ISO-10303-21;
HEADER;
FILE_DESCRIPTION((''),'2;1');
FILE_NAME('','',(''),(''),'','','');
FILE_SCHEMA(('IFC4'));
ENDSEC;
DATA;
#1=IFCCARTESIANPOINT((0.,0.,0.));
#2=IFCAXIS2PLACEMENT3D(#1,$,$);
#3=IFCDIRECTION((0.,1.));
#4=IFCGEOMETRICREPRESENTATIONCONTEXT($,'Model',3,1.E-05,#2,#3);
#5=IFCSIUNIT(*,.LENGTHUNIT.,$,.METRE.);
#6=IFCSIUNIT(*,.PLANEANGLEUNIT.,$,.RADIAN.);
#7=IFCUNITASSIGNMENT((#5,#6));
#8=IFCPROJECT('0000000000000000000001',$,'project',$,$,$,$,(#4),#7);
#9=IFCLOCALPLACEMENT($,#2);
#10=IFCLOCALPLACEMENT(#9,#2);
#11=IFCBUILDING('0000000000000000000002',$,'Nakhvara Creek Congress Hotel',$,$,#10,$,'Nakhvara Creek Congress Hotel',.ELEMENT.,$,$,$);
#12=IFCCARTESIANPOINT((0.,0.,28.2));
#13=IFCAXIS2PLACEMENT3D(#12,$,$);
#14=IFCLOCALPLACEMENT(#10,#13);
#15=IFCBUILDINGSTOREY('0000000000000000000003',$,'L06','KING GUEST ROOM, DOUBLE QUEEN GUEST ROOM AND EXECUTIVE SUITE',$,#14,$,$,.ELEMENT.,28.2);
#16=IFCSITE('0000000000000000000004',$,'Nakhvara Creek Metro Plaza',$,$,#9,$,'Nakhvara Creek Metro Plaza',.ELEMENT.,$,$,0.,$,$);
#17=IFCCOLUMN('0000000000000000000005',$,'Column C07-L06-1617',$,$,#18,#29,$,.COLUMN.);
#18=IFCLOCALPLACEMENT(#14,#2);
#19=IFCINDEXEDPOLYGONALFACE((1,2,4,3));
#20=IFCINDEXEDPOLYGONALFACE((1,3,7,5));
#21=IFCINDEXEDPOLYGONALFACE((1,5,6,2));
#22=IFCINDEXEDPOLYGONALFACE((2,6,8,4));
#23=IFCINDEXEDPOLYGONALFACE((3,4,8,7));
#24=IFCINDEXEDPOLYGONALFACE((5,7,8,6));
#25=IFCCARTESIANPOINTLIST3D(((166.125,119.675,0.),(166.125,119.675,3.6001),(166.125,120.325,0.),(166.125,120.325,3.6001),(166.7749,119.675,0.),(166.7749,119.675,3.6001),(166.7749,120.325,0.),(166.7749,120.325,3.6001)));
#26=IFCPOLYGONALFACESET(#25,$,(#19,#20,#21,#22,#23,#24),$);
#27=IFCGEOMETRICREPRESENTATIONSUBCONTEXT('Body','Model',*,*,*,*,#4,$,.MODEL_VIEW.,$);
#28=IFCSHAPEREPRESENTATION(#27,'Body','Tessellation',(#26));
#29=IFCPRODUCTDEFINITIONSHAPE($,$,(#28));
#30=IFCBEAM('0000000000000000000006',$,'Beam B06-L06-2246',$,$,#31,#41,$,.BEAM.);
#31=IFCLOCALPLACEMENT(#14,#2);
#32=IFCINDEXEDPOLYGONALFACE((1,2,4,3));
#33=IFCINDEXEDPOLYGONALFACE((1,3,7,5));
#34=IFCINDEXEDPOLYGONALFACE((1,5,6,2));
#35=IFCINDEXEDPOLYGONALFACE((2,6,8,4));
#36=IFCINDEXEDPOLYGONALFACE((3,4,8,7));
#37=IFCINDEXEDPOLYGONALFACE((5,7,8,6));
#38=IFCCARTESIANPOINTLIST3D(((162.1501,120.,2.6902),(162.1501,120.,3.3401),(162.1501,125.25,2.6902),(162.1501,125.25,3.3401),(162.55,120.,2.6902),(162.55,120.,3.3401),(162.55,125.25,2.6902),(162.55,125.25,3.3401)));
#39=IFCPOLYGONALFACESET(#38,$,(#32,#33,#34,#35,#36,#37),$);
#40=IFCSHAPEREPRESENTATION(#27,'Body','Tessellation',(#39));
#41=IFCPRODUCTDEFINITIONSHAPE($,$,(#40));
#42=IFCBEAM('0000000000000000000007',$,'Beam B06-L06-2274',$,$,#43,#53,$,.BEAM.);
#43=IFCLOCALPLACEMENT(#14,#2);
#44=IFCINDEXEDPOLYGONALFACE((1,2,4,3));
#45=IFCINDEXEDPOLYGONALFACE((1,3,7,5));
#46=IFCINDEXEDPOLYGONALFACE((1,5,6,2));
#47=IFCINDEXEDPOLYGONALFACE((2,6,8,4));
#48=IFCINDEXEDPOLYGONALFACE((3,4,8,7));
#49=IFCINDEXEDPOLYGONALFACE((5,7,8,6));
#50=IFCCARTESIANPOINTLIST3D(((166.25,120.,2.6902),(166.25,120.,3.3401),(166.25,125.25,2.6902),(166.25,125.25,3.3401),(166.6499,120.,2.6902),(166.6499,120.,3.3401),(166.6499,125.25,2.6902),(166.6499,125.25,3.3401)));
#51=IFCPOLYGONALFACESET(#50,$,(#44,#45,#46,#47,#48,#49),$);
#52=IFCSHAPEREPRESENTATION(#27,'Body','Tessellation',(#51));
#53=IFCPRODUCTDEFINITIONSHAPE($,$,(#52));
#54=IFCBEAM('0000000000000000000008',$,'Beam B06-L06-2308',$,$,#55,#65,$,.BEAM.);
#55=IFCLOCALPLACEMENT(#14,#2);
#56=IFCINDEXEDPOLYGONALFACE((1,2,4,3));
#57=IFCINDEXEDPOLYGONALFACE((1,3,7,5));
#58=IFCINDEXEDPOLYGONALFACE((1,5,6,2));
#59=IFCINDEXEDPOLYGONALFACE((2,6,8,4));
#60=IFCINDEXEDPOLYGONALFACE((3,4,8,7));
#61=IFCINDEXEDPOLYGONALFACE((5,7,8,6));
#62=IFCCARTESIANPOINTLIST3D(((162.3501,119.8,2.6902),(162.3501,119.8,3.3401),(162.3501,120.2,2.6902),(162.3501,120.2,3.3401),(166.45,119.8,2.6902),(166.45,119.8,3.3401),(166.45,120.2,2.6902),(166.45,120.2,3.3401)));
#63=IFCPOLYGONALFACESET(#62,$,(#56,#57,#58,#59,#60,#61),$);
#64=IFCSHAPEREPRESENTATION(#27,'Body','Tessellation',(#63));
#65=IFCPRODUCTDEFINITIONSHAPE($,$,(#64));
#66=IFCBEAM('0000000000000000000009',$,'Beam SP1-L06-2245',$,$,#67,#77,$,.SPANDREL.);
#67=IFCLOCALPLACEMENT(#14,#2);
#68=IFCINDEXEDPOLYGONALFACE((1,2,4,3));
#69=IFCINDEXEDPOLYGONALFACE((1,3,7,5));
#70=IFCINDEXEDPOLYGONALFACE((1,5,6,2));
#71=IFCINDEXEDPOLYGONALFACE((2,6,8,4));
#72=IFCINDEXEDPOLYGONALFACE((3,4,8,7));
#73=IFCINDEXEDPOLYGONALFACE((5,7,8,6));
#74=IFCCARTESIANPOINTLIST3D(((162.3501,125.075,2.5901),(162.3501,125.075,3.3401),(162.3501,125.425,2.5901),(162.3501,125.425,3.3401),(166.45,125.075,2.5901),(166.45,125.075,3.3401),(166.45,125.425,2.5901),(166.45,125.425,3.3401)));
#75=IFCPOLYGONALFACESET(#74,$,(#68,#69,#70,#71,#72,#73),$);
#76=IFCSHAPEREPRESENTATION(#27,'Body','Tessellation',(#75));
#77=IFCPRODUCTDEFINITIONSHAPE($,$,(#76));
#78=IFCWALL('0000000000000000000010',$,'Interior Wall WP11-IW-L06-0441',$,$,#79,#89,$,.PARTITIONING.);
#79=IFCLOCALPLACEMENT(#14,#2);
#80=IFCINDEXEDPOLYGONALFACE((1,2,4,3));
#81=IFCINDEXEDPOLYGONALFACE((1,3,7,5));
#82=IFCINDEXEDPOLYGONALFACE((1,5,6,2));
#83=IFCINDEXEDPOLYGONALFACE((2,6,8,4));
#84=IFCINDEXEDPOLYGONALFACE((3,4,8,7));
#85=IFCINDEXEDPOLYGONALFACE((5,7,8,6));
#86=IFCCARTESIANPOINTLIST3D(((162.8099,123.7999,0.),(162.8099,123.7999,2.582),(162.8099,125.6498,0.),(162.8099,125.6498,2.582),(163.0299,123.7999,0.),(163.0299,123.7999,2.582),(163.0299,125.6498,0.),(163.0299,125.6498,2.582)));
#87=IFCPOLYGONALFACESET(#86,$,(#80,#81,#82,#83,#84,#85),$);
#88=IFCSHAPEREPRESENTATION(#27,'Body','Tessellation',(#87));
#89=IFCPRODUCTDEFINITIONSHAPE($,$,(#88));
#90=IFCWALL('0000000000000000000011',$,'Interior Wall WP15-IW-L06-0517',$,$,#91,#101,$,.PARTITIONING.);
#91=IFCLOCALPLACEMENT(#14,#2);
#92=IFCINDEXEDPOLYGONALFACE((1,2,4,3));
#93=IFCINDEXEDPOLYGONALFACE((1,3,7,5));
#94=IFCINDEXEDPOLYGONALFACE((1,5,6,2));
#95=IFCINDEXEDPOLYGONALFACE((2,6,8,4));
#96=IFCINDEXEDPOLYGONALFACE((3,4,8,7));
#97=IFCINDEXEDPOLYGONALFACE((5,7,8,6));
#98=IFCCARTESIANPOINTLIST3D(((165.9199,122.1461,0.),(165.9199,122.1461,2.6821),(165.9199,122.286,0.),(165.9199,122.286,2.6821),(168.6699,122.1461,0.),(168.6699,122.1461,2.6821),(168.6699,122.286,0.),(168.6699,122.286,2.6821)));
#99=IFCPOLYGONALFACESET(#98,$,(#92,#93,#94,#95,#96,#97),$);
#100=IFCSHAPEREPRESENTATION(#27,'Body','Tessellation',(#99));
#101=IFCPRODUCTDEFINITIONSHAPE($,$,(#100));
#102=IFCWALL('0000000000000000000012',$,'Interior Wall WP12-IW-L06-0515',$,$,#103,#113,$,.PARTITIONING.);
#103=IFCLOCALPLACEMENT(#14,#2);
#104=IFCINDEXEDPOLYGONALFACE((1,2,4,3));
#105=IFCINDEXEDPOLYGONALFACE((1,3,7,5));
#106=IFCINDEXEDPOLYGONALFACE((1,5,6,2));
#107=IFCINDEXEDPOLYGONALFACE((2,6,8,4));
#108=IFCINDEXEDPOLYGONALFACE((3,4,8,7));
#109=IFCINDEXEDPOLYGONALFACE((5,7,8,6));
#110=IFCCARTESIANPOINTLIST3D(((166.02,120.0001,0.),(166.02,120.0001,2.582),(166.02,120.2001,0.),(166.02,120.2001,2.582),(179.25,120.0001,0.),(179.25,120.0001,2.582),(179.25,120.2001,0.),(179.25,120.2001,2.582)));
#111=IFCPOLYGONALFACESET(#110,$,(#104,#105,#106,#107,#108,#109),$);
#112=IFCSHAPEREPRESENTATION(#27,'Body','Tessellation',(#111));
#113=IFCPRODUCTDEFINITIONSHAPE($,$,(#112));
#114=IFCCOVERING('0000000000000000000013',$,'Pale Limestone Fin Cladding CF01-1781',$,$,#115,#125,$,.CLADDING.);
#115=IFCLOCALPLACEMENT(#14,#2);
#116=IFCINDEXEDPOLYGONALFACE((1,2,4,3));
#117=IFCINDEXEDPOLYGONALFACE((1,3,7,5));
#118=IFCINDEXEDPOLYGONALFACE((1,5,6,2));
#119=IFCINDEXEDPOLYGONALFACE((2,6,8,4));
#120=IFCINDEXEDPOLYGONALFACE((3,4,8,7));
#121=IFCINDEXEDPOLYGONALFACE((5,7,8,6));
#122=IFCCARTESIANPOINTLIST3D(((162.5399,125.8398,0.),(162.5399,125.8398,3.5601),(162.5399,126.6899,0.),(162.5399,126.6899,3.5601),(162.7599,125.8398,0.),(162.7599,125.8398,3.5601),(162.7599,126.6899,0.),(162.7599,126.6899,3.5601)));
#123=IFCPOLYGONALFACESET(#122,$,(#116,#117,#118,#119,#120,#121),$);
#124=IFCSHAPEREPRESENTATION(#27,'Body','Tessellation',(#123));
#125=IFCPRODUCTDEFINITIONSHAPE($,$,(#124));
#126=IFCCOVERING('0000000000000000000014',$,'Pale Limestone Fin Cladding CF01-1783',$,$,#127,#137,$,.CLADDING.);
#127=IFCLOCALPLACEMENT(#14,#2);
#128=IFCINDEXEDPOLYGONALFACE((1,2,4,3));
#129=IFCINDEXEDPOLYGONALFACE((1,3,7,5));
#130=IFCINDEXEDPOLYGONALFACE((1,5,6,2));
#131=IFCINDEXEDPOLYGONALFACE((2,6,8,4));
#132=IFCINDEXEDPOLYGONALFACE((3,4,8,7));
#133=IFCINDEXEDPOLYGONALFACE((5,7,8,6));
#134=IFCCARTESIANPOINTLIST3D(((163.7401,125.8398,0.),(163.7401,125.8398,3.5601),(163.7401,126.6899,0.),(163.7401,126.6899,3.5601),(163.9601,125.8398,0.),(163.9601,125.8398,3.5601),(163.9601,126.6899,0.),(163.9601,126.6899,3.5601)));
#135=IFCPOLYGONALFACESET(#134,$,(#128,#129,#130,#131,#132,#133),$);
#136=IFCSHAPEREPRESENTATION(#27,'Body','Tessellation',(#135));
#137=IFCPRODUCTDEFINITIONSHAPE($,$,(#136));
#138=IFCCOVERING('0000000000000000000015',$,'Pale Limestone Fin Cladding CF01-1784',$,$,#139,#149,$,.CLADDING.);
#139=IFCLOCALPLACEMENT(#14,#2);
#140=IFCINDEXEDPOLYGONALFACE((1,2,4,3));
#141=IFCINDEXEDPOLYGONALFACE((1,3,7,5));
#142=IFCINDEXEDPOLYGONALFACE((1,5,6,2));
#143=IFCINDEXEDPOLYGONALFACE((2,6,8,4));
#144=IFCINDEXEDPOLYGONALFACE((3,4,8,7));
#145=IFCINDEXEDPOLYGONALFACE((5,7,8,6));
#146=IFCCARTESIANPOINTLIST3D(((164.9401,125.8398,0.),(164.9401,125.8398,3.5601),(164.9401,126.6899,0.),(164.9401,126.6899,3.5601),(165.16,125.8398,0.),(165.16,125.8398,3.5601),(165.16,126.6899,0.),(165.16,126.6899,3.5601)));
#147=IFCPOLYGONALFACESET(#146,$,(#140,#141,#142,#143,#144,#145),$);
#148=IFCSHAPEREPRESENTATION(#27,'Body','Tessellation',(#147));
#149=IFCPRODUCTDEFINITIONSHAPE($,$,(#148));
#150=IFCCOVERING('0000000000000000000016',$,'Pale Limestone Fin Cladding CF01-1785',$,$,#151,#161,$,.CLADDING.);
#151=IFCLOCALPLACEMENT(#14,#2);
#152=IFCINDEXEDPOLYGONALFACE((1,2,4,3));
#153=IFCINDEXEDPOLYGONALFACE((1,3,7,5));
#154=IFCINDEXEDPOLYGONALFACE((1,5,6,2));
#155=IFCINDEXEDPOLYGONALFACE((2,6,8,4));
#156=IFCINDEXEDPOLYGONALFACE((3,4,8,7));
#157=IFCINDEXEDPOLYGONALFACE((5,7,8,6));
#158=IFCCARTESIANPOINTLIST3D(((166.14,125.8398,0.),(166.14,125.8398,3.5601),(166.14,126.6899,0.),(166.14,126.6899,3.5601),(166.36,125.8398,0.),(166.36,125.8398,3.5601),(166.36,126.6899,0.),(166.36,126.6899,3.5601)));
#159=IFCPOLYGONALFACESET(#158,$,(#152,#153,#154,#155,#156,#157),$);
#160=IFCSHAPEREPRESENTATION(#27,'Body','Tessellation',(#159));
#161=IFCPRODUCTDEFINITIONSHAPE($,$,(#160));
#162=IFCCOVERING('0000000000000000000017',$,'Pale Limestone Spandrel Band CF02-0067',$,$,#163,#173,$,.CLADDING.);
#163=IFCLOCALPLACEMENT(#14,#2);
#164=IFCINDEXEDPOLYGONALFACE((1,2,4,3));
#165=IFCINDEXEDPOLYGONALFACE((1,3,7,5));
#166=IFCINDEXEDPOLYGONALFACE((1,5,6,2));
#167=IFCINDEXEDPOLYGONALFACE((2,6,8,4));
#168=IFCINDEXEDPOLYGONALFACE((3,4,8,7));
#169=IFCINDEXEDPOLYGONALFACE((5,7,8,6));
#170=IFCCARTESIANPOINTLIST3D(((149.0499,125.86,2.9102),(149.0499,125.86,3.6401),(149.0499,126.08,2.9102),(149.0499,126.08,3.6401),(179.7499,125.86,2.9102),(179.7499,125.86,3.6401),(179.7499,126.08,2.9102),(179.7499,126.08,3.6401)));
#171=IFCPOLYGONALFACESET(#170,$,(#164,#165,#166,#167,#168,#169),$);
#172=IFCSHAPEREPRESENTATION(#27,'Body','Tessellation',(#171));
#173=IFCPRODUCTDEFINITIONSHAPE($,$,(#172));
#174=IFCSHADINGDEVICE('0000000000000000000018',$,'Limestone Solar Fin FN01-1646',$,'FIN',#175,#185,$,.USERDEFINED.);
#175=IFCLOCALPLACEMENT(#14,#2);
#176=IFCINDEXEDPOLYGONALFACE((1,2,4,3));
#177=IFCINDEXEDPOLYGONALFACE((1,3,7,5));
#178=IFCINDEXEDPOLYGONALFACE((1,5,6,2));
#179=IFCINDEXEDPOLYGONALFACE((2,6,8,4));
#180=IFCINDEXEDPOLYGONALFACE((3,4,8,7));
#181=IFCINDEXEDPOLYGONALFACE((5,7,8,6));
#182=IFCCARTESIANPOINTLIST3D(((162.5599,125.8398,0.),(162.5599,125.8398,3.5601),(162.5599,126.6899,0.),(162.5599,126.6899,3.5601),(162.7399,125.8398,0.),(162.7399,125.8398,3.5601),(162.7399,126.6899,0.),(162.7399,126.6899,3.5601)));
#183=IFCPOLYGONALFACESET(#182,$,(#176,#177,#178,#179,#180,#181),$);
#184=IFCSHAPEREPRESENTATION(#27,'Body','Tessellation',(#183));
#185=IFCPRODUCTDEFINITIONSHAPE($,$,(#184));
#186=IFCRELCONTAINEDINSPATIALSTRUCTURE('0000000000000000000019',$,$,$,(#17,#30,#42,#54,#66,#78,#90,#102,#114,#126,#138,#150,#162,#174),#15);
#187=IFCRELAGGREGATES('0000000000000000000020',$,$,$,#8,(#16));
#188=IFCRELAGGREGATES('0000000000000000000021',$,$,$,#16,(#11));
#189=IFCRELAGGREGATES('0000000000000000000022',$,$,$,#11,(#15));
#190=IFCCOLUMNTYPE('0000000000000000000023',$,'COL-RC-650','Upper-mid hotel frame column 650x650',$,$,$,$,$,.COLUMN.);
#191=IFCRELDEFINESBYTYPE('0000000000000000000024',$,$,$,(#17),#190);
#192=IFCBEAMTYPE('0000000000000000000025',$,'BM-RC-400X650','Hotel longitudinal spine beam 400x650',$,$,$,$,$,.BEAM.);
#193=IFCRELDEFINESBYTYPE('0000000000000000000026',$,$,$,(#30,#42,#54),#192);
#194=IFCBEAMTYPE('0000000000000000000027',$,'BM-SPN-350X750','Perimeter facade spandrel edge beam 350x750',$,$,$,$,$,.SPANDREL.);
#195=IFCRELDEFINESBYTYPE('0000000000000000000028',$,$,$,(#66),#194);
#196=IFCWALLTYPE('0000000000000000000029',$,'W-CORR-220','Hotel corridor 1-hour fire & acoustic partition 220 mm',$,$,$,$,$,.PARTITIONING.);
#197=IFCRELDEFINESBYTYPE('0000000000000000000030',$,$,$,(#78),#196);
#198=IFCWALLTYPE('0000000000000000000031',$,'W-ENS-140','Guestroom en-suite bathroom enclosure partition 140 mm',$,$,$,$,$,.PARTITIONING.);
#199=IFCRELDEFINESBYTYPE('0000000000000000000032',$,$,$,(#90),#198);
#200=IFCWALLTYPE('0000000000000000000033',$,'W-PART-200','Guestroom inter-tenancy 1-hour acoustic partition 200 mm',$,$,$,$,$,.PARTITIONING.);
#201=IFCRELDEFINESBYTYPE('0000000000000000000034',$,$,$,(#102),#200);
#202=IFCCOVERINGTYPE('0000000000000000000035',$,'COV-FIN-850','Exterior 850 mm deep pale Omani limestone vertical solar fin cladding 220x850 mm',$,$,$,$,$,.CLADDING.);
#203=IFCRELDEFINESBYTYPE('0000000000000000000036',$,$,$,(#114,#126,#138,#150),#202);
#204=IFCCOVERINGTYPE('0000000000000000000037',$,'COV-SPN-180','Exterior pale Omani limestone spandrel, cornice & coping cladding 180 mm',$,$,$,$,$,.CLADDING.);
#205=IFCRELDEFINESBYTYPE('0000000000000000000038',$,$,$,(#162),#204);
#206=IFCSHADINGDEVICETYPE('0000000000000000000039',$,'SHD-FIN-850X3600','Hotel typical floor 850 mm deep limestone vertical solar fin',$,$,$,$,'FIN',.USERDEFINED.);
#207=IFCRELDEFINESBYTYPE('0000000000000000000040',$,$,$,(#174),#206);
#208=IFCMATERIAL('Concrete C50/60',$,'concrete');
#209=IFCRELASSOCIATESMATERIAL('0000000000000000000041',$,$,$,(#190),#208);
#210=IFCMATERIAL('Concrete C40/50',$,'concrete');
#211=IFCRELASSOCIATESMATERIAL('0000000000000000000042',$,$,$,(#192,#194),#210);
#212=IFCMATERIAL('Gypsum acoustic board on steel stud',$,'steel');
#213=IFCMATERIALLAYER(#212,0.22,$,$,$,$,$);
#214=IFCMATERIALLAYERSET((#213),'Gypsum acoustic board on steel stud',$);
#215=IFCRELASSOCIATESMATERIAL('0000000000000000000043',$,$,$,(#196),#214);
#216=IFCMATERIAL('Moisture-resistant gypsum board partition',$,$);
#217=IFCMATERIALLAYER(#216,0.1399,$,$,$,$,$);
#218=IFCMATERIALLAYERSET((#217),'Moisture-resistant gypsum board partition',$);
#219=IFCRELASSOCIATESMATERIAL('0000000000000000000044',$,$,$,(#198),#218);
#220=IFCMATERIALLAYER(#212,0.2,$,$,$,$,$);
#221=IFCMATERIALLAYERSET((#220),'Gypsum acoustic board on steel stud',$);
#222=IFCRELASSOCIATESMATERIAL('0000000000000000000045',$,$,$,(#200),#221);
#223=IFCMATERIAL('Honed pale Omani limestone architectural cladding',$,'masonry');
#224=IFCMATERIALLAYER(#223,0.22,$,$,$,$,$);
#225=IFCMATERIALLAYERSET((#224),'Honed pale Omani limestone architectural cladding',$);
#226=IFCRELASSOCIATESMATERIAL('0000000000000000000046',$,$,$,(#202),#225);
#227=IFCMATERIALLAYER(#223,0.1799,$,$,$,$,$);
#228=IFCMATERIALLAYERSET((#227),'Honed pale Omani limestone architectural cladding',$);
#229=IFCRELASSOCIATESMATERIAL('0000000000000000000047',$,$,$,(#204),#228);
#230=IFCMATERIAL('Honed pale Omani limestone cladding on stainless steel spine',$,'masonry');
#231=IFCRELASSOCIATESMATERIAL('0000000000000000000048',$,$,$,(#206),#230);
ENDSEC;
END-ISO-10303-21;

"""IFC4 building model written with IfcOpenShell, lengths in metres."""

from ifc_helpers import new_model, si_unit, direction, frame, frame_2d, origin, origin_2d, place, context, subcontext, project, spatial, rectangle, extrude, material, layer, layer_set, material_profile, profile_set, type_object, element, save


model = new_model("IFC4")

# Units and contexts
model_context = context("Model", 3, precision=1e-05, world=origin(), true_north=direction((0.0, 1.0)))
body_context = subcontext(model_context, "Body", "Model", "MODEL_VIEW")
ifc_project = project(units=[si_unit("LENGTHUNIT", "METRE"), si_unit("PLANEANGLEUNIT", "RADIAN")], contexts=[model_context])

# Site, building, storey
site_placement = place(None, origin())
site = spatial("IfcSite", under=ifc_project, at=site_placement, Name="Nakhvara Creek Metro Plaza", LongName="Nakhvara Creek Metro Plaza", CompositionType="ELEMENT", RefElevation=0.0)
building_placement = place(site_placement, origin())
building = spatial("IfcBuilding", under=site, at=building_placement, Name="Nakhvara Creek Congress Hotel", LongName="Nakhvara Creek Congress Hotel", CompositionType="ELEMENT")
storey_placement = place(building_placement, frame((0.0, 0.0, 28.2)))
storey = spatial("IfcBuildingStorey", under=building, at=storey_placement, Name="L06", Description="KING GUEST ROOM, DOUBLE QUEEN GUEST ROOM AND EXECUTIVE SUITE", CompositionType="ELEMENT", Elevation=28.2)

# Column
ifc_material_1 = material(Name="Concrete C50/60", Category="concrete")
ifc_material_profile_1 = material_profile(ifc_material_1, rectangle(XDim=0.6499, YDim=0.6499, at=origin_2d()), Name="RC-COL 650x650", Category="LoadBearing")
ifc_profile_set_1 = profile_set([ifc_material_profile_1], Name="Concrete C50/60")
column_type = type_object("IfcColumnType", Name="COL-RC-650", Description="Upper-mid hotel frame column 650x650", PredefinedType="COLUMN", material=ifc_profile_set_1)
column_placement = place(storey_placement, frame((166.45, 120.0, 0.0), z_axis=(0.0, 0.0, 1.0), x_axis=(1.0, 0.0, 0.0)))
element("IfcColumn", 1, at=column_placement, inside=storey, type_object=column_type, Name="Column C07-L06-1617", PredefinedType="COLUMN", context=body_context, shape_type="SweptSolid", body=[
    extrude(rectangle(XDim=0.6499, YDim=0.6499, at=origin_2d()), origin(), (0.0, 0.0, 1.0), 3.6001),
])

# Beams
ifc_material_2 = material(Name="Concrete C40/50", Category="concrete")
ifc_material_profile_2 = material_profile(ifc_material_2, rectangle(XDim=0.3999, YDim=0.6499, at=origin_2d()), Name="RC-BM 400x650", Category="LoadBearing")
ifc_profile_set_2 = profile_set([ifc_material_profile_2], Name="Concrete C40/50")
beam_type_1 = type_object("IfcBeamType", Name="BM-RC-400X650", Description="Hotel longitudinal spine beam 400x650", PredefinedType="BEAM", material=ifc_profile_set_2)
for number, where, z_axis, x_axis, name in (
    (2, (162.3501, 120.0, 3.0151), (0.0, 1.0, 0.0), (-1.0, 0.0, 0.0), "Beam B06-L06-2246"),
    (3, (166.45, 120.0, 3.0151), (0.0, 1.0, 0.0), (-1.0, 0.0, 0.0), "Beam B06-L06-2274"),
):
    element("IfcBeam", number, at=place(storey_placement, frame(where, z_axis=z_axis, x_axis=x_axis)), inside=storey, type_object=beam_type_1, Name=name, PredefinedType="BEAM", context=body_context, shape_type="SweptSolid", body=[
        extrude(rectangle(XDim=0.3999, YDim=0.6499, at=origin_2d()), origin(), (0.0, 0.0, 1.0), 5.25),
    ])
beam_1_placement = place(storey_placement, frame((162.3501, 120.0, 3.0151), z_axis=(1.0, 0.0, 0.0), x_axis=(0.0, 1.0, 0.0)))
element("IfcBeam", 4, at=beam_1_placement, inside=storey, type_object=beam_type_1, Name="Beam B06-L06-2308", PredefinedType="BEAM", context=body_context, shape_type="SweptSolid", body=[
    extrude(rectangle(XDim=0.3999, YDim=0.6499, at=origin_2d()), origin(), (0.0, 0.0, 1.0), 4.0999),
])
ifc_material_profile_3 = material_profile(ifc_material_2, rectangle(XDim=0.3501, YDim=0.75, at=origin_2d()), Name="RC-SPANDREL 350x750", Category="LoadBearing")
ifc_profile_set_3 = profile_set([ifc_material_profile_3], Name="Concrete C40/50")
beam_type_2 = type_object("IfcBeamType", Name="BM-SPN-350X750", Description="Perimeter facade spandrel edge beam 350x750", PredefinedType="SPANDREL", material=ifc_profile_set_3)
beam_2_placement = place(storey_placement, frame((162.3501, 125.25, 2.9651), z_axis=(1.0, 0.0, 0.0), x_axis=(0.0, 1.0, 0.0)))
element("IfcBeam", 5, at=beam_2_placement, inside=storey, type_object=beam_type_2, Name="Beam SP1-L06-2245", PredefinedType="SPANDREL", context=body_context, shape_type="SweptSolid", body=[
    extrude(rectangle(XDim=0.3501, YDim=0.75, at=origin_2d()), origin(), (0.0, 0.0, 1.0), 4.0999),
])

# Walls
ifc_material_3 = material(Name="Gypsum acoustic board on steel stud", Category="steel")
ifc_layer_1 = layer(ifc_material_3, 0.22)
ifc_layer_set_1 = layer_set([ifc_layer_1], Name="Gypsum acoustic board on steel stud")
wall_type_1 = type_object("IfcWallType", Name="W-CORR-220", Description="Hotel corridor 1-hour fire & acoustic partition 220 mm", PredefinedType="PARTITIONING", material=ifc_layer_set_1)
wall_1_placement = place(storey_placement, frame((162.9199, 123.8, 0.0), z_axis=(0.0, 0.0, 1.0), x_axis=(0.0, 1.0, 0.0)))
element("IfcWall", 6, at=wall_1_placement, inside=storey, type_object=wall_type_1, Name="Interior Wall WP11-IW-L06-0441", PredefinedType="PARTITIONING", context=body_context, shape_type="SweptSolid", body=[
    extrude(rectangle(XDim=1.8499, YDim=0.22, at=frame_2d((0.9248, 0.0))), origin(), (0.0, 0.0, 1.0), 2.582),
])
ifc_material_4 = material(Name="Moisture-resistant gypsum board partition")
ifc_layer_2 = layer(ifc_material_4, 0.1399)
ifc_layer_set_2 = layer_set([ifc_layer_2], Name="Moisture-resistant gypsum board partition")
wall_type_2 = type_object("IfcWallType", Name="W-ENS-140", Description="Guestroom en-suite bathroom enclosure partition 140 mm", PredefinedType="PARTITIONING", material=ifc_layer_set_2)
wall_2_placement = place(storey_placement, frame((165.9199, 122.2161, 0.0), z_axis=(0.0, 0.0, 1.0), x_axis=(1.0, 0.0, 0.0)))
element("IfcWall", 7, at=wall_2_placement, inside=storey, type_object=wall_type_2, Name="Interior Wall WP15-IW-L06-0517", PredefinedType="PARTITIONING", context=body_context, shape_type="SweptSolid", body=[
    extrude(rectangle(XDim=2.75, YDim=0.1399, at=frame_2d((1.375, 0.0))), origin(), (0.0, 0.0, 1.0), 2.6821),
])
ifc_layer_3 = layer(ifc_material_3, 0.2)
ifc_layer_set_3 = layer_set([ifc_layer_3], Name="Gypsum acoustic board on steel stud")
wall_type_3 = type_object("IfcWallType", Name="W-PART-200", Description="Guestroom inter-tenancy 1-hour acoustic partition 200 mm", PredefinedType="PARTITIONING", material=ifc_layer_set_3)
wall_3_placement = place(storey_placement, frame((166.02, 120.1001, 0.0), z_axis=(0.0, 0.0, 1.0), x_axis=(1.0, 0.0, 0.0)))
element("IfcWall", 8, at=wall_3_placement, inside=storey, type_object=wall_type_3, Name="Interior Wall WP12-IW-L06-0515", PredefinedType="PARTITIONING", context=body_context, shape_type="SweptSolid", body=[
    extrude(rectangle(XDim=13.23, YDim=0.2, at=frame_2d((6.615, 0.0))), origin(), (0.0, 0.0, 1.0), 2.582),
])

# Coverings
ifc_material_5 = material(Name="Honed pale Omani limestone architectural cladding", Category="masonry")
ifc_layer_4 = layer(ifc_material_5, 0.22)
ifc_layer_set_4 = layer_set([ifc_layer_4], Name="Honed pale Omani limestone architectural cladding")
covering_type_1 = type_object("IfcCoveringType", Name="COV-FIN-850", Description="Exterior 850 mm deep pale Omani limestone vertical solar fin cladding 220x850 mm", PredefinedType="CLADDING", material=ifc_layer_set_4)
for number, where, z_axis, x_axis, name in (
    (9, (162.6499, 126.2649, 0.0), (0.0, 0.0, 1.0), (1.0, 0.0, 0.0), "Pale Limestone Fin Cladding CF01-1781"),
    (10, (163.8501, 126.2649, 0.0), (0.0, 0.0, 1.0), (1.0, 0.0, 0.0), "Pale Limestone Fin Cladding CF01-1783"),
    (11, (165.05, 126.2649, 0.0), (0.0, 0.0, 1.0), (1.0, 0.0, 0.0), "Pale Limestone Fin Cladding CF01-1784"),
    (12, (166.25, 126.2649, 0.0), (0.0, 0.0, 1.0), (1.0, 0.0, 0.0), "Pale Limestone Fin Cladding CF01-1785"),
):
    element("IfcCovering", number, at=place(storey_placement, frame(where, z_axis=z_axis, x_axis=x_axis)), inside=storey, type_object=covering_type_1, Name=name, PredefinedType="CLADDING", context=body_context, shape_type="SweptSolid", body=[
        extrude(rectangle(XDim=0.22, YDim=0.8501, at=origin_2d()), origin(), (0.0, 0.0, 1.0), 3.5601),
    ])
ifc_layer_5 = layer(ifc_material_5, 0.1799)
ifc_layer_set_5 = layer_set([ifc_layer_5], Name="Honed pale Omani limestone architectural cladding")
covering_type_2 = type_object("IfcCoveringType", Name="COV-SPN-180", Description="Exterior pale Omani limestone spandrel, cornice & coping cladding 180 mm", PredefinedType="CLADDING", material=ifc_layer_set_5)
covering_placement = place(storey_placement, frame((164.3999, 125.97, 2.9102), z_axis=(0.0, 0.0, 1.0), x_axis=(1.0, 0.0, 0.0)))
element("IfcCovering", 13, at=covering_placement, inside=storey, type_object=covering_type_2, Name="Pale Limestone Spandrel Band CF02-0067", PredefinedType="CLADDING", context=body_context, shape_type="SweptSolid", body=[
    extrude(rectangle(XDim=30.7, YDim=0.22, at=origin_2d()), origin(), (0.0, 0.0, 1.0), 0.73),
])

# Shading device
ifc_material_6 = material(Name="Honed pale Omani limestone cladding on stainless steel spine", Category="masonry")
shading_device_type = type_object("IfcShadingDeviceType", Name="SHD-FIN-850X3600", Description="Hotel typical floor 850 mm deep limestone vertical solar fin", ElementType="FIN", PredefinedType="USERDEFINED", material=ifc_material_6)
for number, where, z_axis, x_axis, name in (
    (14, (162.6499, 126.2649, 0.0), (0.0, 0.0, 1.0), (1.0, 0.0, 0.0), "Limestone Solar Fin FN01-1646"),
):
    element("IfcShadingDevice", number, at=place(storey_placement, frame(where, z_axis=z_axis, x_axis=x_axis)), inside=storey, type_object=shading_device_type, Name=name, ObjectType="FIN", PredefinedType="USERDEFINED", context=body_context, shape_type="SweptSolid", body=[
        extrude(rectangle(XDim=0.1799, YDim=0.8501, at=origin_2d()), origin(), (0.0, 0.0, 1.0), 3.5601),
    ])

save(model, "model.ifc")
